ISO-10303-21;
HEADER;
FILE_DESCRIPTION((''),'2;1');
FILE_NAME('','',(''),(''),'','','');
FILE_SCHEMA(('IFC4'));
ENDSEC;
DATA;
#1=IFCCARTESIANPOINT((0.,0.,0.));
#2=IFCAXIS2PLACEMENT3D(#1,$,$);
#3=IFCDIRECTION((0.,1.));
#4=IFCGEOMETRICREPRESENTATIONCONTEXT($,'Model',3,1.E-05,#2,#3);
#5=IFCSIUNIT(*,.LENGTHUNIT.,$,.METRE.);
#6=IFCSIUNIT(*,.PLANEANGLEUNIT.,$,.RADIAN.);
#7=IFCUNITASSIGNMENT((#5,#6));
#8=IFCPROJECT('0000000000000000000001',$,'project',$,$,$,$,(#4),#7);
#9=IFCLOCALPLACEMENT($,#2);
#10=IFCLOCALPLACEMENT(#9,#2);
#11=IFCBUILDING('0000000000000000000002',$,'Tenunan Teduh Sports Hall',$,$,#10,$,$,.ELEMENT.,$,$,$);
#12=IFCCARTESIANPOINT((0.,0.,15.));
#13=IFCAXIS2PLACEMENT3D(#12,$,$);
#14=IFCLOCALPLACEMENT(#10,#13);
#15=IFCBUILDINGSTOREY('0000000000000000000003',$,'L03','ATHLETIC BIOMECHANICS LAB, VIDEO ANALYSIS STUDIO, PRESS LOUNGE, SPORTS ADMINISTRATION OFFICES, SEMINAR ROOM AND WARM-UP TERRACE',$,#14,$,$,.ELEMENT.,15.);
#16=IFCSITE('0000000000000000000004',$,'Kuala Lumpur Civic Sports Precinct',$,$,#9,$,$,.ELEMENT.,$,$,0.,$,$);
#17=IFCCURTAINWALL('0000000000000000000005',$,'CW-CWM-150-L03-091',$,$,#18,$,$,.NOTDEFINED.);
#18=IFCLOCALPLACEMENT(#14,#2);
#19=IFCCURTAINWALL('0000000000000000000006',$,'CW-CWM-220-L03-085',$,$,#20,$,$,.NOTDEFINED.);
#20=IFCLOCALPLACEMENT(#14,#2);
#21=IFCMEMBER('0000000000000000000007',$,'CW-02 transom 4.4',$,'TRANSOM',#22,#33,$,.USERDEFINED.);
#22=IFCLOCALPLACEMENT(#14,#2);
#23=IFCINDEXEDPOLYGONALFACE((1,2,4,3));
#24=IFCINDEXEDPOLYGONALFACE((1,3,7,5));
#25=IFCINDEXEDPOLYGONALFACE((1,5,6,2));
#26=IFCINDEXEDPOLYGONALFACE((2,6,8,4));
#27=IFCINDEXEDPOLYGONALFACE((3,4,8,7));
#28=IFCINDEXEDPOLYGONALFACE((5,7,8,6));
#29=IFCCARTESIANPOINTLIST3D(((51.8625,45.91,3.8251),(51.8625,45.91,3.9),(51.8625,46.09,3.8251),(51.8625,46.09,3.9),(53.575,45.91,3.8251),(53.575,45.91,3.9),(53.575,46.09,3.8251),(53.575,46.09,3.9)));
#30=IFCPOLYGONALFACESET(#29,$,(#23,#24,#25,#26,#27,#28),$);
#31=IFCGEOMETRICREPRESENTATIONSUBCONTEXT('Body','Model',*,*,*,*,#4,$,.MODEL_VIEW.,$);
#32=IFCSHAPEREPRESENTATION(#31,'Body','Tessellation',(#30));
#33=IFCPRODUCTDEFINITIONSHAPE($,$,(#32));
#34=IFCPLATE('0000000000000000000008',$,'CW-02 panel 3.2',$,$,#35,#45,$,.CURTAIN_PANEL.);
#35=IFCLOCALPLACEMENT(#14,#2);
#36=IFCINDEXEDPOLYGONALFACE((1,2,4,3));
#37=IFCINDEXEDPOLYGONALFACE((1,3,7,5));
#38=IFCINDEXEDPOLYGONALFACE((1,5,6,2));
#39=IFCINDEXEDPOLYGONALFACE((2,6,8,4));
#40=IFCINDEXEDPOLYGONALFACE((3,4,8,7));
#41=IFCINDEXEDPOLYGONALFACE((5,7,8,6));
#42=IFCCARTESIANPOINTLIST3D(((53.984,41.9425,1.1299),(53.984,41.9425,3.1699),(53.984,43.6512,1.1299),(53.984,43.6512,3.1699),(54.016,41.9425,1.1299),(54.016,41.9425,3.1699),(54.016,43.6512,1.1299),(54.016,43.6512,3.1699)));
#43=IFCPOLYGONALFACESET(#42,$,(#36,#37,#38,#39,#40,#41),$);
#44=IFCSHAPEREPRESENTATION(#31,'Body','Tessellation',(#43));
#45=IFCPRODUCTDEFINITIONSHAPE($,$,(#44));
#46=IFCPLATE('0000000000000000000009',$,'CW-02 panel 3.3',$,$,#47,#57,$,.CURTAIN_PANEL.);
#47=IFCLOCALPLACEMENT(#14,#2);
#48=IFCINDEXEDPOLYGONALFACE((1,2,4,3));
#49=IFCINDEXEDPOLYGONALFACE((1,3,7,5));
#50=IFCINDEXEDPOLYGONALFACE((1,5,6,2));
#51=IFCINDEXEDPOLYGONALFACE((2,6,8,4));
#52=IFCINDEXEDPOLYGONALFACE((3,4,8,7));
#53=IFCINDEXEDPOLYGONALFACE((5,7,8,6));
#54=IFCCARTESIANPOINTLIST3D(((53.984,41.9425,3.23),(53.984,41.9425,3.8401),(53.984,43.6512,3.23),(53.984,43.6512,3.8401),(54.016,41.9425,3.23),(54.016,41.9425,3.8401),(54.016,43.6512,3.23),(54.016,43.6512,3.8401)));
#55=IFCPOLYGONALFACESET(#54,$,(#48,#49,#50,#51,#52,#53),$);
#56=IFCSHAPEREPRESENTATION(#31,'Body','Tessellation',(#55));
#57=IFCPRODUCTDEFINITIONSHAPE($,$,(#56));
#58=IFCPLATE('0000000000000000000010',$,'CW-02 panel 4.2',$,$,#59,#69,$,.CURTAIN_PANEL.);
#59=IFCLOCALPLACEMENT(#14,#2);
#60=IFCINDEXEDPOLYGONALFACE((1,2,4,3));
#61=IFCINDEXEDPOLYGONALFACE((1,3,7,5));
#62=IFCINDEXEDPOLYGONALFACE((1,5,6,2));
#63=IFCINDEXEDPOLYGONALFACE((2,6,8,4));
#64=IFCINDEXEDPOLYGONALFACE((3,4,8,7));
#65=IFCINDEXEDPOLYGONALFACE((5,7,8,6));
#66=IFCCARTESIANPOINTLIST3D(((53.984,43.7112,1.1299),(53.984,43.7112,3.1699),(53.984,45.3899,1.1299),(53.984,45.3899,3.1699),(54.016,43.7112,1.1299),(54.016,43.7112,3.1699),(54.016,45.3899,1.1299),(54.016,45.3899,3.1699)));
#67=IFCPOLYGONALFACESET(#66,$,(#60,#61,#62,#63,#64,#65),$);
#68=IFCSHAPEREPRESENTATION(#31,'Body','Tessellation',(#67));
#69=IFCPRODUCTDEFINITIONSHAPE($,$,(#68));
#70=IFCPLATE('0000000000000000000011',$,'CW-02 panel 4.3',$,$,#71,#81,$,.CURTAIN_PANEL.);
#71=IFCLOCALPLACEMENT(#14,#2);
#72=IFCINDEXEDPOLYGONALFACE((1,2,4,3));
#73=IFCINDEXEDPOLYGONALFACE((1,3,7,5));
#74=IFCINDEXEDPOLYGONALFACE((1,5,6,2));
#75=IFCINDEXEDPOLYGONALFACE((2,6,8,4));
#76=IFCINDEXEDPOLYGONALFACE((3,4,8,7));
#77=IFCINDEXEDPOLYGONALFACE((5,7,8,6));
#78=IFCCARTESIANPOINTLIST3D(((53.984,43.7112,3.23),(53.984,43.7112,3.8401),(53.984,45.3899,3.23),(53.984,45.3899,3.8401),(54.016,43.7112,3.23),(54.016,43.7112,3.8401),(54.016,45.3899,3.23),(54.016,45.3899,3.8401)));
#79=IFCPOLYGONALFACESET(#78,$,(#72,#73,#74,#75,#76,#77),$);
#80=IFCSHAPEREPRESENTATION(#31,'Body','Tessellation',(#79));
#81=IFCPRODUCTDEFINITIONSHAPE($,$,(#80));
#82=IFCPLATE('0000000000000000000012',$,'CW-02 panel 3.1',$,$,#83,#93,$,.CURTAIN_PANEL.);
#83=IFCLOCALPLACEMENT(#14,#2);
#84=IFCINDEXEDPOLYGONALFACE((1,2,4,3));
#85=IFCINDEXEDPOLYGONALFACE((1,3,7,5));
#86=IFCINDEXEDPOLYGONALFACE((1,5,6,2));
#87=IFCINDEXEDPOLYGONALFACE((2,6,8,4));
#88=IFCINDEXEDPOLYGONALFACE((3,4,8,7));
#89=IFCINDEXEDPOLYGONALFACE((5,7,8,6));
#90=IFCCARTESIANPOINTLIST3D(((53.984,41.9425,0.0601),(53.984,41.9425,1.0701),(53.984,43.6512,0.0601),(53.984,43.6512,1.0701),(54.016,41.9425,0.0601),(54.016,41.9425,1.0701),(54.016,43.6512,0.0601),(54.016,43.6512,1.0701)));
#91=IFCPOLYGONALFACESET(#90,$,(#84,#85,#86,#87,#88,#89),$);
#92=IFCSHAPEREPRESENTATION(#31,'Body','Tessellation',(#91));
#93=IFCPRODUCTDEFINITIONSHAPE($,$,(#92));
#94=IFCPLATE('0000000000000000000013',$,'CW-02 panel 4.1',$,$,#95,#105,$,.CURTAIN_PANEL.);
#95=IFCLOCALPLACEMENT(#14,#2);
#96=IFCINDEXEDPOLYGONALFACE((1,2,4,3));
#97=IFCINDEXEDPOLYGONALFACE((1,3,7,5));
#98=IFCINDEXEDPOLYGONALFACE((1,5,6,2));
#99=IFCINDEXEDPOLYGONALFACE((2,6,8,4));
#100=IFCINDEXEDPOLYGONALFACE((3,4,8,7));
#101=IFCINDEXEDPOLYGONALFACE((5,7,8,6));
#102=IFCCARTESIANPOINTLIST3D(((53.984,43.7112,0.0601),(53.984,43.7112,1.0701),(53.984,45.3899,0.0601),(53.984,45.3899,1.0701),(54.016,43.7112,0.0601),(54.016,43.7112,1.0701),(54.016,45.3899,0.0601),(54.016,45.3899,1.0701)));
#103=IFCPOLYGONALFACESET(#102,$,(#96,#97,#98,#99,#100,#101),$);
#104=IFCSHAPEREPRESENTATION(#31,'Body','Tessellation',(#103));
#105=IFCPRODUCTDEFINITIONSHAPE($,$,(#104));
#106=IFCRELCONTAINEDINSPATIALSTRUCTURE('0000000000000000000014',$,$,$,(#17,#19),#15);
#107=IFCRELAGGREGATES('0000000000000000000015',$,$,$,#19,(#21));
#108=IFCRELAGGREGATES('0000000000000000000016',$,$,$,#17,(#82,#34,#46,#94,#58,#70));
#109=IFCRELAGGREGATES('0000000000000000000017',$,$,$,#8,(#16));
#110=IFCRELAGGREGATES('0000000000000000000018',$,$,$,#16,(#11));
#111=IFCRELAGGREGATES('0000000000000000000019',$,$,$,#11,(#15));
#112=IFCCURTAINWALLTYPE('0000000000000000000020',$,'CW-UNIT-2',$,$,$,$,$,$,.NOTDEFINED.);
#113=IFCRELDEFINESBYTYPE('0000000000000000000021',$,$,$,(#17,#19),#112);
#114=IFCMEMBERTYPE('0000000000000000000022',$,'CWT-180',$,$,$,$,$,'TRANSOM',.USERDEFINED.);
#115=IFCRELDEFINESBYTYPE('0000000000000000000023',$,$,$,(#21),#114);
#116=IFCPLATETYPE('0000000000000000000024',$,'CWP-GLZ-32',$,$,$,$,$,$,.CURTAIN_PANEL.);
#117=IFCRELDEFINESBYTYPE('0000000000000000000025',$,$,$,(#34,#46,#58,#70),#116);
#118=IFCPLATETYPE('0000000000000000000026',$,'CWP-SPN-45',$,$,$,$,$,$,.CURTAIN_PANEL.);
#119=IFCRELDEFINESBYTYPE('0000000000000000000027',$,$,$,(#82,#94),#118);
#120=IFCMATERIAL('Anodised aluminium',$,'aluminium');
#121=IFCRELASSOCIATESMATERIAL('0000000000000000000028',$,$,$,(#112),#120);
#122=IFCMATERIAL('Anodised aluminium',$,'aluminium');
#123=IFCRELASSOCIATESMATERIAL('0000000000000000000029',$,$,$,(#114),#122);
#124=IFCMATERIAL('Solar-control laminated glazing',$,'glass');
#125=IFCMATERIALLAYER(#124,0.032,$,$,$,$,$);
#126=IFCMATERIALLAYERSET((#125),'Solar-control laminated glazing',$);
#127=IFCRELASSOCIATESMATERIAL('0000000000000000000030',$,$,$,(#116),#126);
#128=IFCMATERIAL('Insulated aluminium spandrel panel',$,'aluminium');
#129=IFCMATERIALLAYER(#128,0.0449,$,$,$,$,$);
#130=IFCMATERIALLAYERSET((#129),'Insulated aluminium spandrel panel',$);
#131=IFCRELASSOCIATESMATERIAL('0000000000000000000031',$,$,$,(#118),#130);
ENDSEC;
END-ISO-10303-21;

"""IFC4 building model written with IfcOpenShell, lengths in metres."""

from ifc_helpers import new_model, si_unit, direction, frame, origin, origin_2d, place, context, subcontext, project, spatial, rectangle, extrude, material, layer, layer_set, material_profile, profile_set, type_object, element, aggregate, save


model = new_model("IFC4")

# Units and contexts
model_context = context("Model", 3, precision=1e-05, world=origin(), true_north=direction((0.0, 1.0)))
body_context = subcontext(model_context, "Body", "Model", "MODEL_VIEW")
ifc_project = project(units=[si_unit("LENGTHUNIT", "METRE"), si_unit("PLANEANGLEUNIT", "RADIAN")], contexts=[model_context])

# Site, building, storey
site_placement = place(None, origin())
site = spatial("IfcSite", under=ifc_project, at=site_placement, Name="Kuala Lumpur Civic Sports Precinct", CompositionType="ELEMENT", RefElevation=0.0)
building_placement = place(site_placement, origin())
building = spatial("IfcBuilding", under=site, at=building_placement, Name="Tenunan Teduh Sports Hall", CompositionType="ELEMENT")
storey_placement = place(building_placement, frame((0.0, 0.0, 15.0)))
storey = spatial("IfcBuildingStorey", under=building, at=storey_placement, Name="L03", Description="ATHLETIC BIOMECHANICS LAB, VIDEO ANALYSIS STUDIO, PRESS LOUNGE, SPORTS ADMINISTRATION OFFICES, SEMINAR ROOM AND WARM-UP TERRACE", CompositionType="ELEMENT", Elevation=15.0)

# Curtain walls, member
ifc_material_1 = material(Name="Anodised aluminium", Category="aluminium")
curtain_wall_type = type_object("IfcCurtainWallType", Name="CW-UNIT-2", PredefinedType="NOTDEFINED", material=ifc_material_1)
curtain_wall_1_placement = place(storey_placement, origin())
curtain_wall_1 = element("IfcCurtainWall", 1, at=curtain_wall_1_placement, inside=storey, type_object=curtain_wall_type, Name="CW-CWM-150-L03-091", PredefinedType="NOTDEFINED")
curtain_wall_2_placement = place(storey_placement, origin())
curtain_wall_2 = element("IfcCurtainWall", 2, at=curtain_wall_2_placement, inside=storey, type_object=curtain_wall_type, Name="CW-CWM-220-L03-085", PredefinedType="NOTDEFINED")
ifc_material_2 = material(Name="Anodised aluminium", Category="aluminium")
ifc_material_profile_1 = material_profile(ifc_material_2, rectangle(XDim=0.075, YDim=0.1799, at=origin_2d()), Name="CWT 75x180")
ifc_profile_set_1 = profile_set([ifc_material_profile_1], Name="Anodised aluminium")
member_type_1 = type_object("IfcMemberType", Name="CWT-180", ElementType="TRANSOM", PredefinedType="USERDEFINED", material=ifc_profile_set_1)
member_1_placement = place(storey_placement, frame((51.8625, 46.0, 3.8625), z_axis=(1.0, 0.0, 0.0), x_axis=(0.0, 0.0, 1.0)))
member_1 = element("IfcMember", 3, at=member_1_placement, type_object=member_type_1, Name="CW-02 transom 4.4", ObjectType="TRANSOM", PredefinedType="USERDEFINED", context=body_context, shape_type="SweptSolid", body=[
    extrude(rectangle(XDim=0.075, YDim=0.1799, at=origin_2d()), origin(), (0.0, 0.0, 1.0), 1.7124),
])
aggregate(curtain_wall_2, [member_1])

# Plates
ifc_material_3 = material(Name="Solar-control laminated glazing", Category="glass")
ifc_layer_1 = layer(ifc_material_3, 0.032)
ifc_layer_set_1 = layer_set([ifc_layer_1], Name="Solar-control laminated glazing")
plate_type_1 = type_object("IfcPlateType", Name="CWP-GLZ-32", PredefinedType="CURTAIN_PANEL", material=ifc_layer_set_1)
plate_1_placement = place(storey_placement, frame((54.0, 42.7969, 1.1299), z_axis=(0.0, 0.0, 1.0), x_axis=(0.0, 1.0, 0.0)))
plate_1 = element("IfcPlate", 4, at=plate_1_placement, type_object=plate_type_1, Name="CW-02 panel 3.2", PredefinedType="CURTAIN_PANEL", context=body_context, shape_type="SweptSolid", body=[
    extrude(rectangle(XDim=1.7087, YDim=0.032, at=origin_2d()), origin(), (0.0, 0.0, 1.0), 2.04),
])
plate_2_placement = place(storey_placement, frame((54.0, 42.7969, 3.23), z_axis=(0.0, 0.0, 1.0), x_axis=(0.0, 1.0, 0.0)))
plate_2 = element("IfcPlate", 5, at=plate_2_placement, type_object=plate_type_1, Name="CW-02 panel 3.3", PredefinedType="CURTAIN_PANEL", context=body_context, shape_type="SweptSolid", body=[
    extrude(rectangle(XDim=1.7087, YDim=0.032, at=origin_2d()), origin(), (0.0, 0.0, 1.0), 0.6101),
])
plate_3_placement = place(storey_placement, frame((54.0, 44.5505, 1.1299), z_axis=(0.0, 0.0, 1.0), x_axis=(0.0, 1.0, 0.0)))
plate_3 = element("IfcPlate", 6, at=plate_3_placement, type_object=plate_type_1, Name="CW-02 panel 4.2", PredefinedType="CURTAIN_PANEL", context=body_context, shape_type="SweptSolid", body=[
    extrude(rectangle(XDim=1.6787, YDim=0.032, at=origin_2d()), origin(), (0.0, 0.0, 1.0), 2.04),
])
plate_4_placement = place(storey_placement, frame((54.0, 44.5505, 3.23), z_axis=(0.0, 0.0, 1.0), x_axis=(0.0, 1.0, 0.0)))
plate_4 = element("IfcPlate", 7, at=plate_4_placement, type_object=plate_type_1, Name="CW-02 panel 4.3", PredefinedType="CURTAIN_PANEL", context=body_context, shape_type="SweptSolid", body=[
    extrude(rectangle(XDim=1.6787, YDim=0.032, at=origin_2d()), origin(), (0.0, 0.0, 1.0), 0.6101),
])
ifc_material_4 = material(Name="Insulated aluminium spandrel panel", Category="aluminium")
ifc_layer_2 = layer(ifc_material_4, 0.0449)
ifc_layer_set_2 = layer_set([ifc_layer_2], Name="Insulated aluminium spandrel panel")
plate_type_2 = type_object("IfcPlateType", Name="CWP-SPN-45", PredefinedType="CURTAIN_PANEL", material=ifc_layer_set_2)
plate_5_placement = place(storey_placement, frame((54.0, 42.7969, 0.0601), z_axis=(0.0, 0.0, 1.0), x_axis=(0.0, 1.0, 0.0)))
plate_5 = element("IfcPlate", 8, at=plate_5_placement, type_object=plate_type_2, Name="CW-02 panel 3.1", PredefinedType="CURTAIN_PANEL", context=body_context, shape_type="SweptSolid", body=[
    extrude(rectangle(XDim=1.7087, YDim=0.032, at=origin_2d()), origin(), (0.0, 0.0, 1.0), 1.01),
])
plate_6_placement = place(storey_placement, frame((54.0, 44.5505, 0.0601), z_axis=(0.0, 0.0, 1.0), x_axis=(0.0, 1.0, 0.0)))
plate_6 = element("IfcPlate", 9, at=plate_6_placement, type_object=plate_type_2, Name="CW-02 panel 4.1", PredefinedType="CURTAIN_PANEL", context=body_context, shape_type="SweptSolid", body=[
    extrude(rectangle(XDim=1.6787, YDim=0.032, at=origin_2d()), origin(), (0.0, 0.0, 1.0), 1.01),
])
aggregate(curtain_wall_1, [plate_5, plate_1, plate_2, plate_6, plate_3, plate_4])

save(model, "model.ifc")
